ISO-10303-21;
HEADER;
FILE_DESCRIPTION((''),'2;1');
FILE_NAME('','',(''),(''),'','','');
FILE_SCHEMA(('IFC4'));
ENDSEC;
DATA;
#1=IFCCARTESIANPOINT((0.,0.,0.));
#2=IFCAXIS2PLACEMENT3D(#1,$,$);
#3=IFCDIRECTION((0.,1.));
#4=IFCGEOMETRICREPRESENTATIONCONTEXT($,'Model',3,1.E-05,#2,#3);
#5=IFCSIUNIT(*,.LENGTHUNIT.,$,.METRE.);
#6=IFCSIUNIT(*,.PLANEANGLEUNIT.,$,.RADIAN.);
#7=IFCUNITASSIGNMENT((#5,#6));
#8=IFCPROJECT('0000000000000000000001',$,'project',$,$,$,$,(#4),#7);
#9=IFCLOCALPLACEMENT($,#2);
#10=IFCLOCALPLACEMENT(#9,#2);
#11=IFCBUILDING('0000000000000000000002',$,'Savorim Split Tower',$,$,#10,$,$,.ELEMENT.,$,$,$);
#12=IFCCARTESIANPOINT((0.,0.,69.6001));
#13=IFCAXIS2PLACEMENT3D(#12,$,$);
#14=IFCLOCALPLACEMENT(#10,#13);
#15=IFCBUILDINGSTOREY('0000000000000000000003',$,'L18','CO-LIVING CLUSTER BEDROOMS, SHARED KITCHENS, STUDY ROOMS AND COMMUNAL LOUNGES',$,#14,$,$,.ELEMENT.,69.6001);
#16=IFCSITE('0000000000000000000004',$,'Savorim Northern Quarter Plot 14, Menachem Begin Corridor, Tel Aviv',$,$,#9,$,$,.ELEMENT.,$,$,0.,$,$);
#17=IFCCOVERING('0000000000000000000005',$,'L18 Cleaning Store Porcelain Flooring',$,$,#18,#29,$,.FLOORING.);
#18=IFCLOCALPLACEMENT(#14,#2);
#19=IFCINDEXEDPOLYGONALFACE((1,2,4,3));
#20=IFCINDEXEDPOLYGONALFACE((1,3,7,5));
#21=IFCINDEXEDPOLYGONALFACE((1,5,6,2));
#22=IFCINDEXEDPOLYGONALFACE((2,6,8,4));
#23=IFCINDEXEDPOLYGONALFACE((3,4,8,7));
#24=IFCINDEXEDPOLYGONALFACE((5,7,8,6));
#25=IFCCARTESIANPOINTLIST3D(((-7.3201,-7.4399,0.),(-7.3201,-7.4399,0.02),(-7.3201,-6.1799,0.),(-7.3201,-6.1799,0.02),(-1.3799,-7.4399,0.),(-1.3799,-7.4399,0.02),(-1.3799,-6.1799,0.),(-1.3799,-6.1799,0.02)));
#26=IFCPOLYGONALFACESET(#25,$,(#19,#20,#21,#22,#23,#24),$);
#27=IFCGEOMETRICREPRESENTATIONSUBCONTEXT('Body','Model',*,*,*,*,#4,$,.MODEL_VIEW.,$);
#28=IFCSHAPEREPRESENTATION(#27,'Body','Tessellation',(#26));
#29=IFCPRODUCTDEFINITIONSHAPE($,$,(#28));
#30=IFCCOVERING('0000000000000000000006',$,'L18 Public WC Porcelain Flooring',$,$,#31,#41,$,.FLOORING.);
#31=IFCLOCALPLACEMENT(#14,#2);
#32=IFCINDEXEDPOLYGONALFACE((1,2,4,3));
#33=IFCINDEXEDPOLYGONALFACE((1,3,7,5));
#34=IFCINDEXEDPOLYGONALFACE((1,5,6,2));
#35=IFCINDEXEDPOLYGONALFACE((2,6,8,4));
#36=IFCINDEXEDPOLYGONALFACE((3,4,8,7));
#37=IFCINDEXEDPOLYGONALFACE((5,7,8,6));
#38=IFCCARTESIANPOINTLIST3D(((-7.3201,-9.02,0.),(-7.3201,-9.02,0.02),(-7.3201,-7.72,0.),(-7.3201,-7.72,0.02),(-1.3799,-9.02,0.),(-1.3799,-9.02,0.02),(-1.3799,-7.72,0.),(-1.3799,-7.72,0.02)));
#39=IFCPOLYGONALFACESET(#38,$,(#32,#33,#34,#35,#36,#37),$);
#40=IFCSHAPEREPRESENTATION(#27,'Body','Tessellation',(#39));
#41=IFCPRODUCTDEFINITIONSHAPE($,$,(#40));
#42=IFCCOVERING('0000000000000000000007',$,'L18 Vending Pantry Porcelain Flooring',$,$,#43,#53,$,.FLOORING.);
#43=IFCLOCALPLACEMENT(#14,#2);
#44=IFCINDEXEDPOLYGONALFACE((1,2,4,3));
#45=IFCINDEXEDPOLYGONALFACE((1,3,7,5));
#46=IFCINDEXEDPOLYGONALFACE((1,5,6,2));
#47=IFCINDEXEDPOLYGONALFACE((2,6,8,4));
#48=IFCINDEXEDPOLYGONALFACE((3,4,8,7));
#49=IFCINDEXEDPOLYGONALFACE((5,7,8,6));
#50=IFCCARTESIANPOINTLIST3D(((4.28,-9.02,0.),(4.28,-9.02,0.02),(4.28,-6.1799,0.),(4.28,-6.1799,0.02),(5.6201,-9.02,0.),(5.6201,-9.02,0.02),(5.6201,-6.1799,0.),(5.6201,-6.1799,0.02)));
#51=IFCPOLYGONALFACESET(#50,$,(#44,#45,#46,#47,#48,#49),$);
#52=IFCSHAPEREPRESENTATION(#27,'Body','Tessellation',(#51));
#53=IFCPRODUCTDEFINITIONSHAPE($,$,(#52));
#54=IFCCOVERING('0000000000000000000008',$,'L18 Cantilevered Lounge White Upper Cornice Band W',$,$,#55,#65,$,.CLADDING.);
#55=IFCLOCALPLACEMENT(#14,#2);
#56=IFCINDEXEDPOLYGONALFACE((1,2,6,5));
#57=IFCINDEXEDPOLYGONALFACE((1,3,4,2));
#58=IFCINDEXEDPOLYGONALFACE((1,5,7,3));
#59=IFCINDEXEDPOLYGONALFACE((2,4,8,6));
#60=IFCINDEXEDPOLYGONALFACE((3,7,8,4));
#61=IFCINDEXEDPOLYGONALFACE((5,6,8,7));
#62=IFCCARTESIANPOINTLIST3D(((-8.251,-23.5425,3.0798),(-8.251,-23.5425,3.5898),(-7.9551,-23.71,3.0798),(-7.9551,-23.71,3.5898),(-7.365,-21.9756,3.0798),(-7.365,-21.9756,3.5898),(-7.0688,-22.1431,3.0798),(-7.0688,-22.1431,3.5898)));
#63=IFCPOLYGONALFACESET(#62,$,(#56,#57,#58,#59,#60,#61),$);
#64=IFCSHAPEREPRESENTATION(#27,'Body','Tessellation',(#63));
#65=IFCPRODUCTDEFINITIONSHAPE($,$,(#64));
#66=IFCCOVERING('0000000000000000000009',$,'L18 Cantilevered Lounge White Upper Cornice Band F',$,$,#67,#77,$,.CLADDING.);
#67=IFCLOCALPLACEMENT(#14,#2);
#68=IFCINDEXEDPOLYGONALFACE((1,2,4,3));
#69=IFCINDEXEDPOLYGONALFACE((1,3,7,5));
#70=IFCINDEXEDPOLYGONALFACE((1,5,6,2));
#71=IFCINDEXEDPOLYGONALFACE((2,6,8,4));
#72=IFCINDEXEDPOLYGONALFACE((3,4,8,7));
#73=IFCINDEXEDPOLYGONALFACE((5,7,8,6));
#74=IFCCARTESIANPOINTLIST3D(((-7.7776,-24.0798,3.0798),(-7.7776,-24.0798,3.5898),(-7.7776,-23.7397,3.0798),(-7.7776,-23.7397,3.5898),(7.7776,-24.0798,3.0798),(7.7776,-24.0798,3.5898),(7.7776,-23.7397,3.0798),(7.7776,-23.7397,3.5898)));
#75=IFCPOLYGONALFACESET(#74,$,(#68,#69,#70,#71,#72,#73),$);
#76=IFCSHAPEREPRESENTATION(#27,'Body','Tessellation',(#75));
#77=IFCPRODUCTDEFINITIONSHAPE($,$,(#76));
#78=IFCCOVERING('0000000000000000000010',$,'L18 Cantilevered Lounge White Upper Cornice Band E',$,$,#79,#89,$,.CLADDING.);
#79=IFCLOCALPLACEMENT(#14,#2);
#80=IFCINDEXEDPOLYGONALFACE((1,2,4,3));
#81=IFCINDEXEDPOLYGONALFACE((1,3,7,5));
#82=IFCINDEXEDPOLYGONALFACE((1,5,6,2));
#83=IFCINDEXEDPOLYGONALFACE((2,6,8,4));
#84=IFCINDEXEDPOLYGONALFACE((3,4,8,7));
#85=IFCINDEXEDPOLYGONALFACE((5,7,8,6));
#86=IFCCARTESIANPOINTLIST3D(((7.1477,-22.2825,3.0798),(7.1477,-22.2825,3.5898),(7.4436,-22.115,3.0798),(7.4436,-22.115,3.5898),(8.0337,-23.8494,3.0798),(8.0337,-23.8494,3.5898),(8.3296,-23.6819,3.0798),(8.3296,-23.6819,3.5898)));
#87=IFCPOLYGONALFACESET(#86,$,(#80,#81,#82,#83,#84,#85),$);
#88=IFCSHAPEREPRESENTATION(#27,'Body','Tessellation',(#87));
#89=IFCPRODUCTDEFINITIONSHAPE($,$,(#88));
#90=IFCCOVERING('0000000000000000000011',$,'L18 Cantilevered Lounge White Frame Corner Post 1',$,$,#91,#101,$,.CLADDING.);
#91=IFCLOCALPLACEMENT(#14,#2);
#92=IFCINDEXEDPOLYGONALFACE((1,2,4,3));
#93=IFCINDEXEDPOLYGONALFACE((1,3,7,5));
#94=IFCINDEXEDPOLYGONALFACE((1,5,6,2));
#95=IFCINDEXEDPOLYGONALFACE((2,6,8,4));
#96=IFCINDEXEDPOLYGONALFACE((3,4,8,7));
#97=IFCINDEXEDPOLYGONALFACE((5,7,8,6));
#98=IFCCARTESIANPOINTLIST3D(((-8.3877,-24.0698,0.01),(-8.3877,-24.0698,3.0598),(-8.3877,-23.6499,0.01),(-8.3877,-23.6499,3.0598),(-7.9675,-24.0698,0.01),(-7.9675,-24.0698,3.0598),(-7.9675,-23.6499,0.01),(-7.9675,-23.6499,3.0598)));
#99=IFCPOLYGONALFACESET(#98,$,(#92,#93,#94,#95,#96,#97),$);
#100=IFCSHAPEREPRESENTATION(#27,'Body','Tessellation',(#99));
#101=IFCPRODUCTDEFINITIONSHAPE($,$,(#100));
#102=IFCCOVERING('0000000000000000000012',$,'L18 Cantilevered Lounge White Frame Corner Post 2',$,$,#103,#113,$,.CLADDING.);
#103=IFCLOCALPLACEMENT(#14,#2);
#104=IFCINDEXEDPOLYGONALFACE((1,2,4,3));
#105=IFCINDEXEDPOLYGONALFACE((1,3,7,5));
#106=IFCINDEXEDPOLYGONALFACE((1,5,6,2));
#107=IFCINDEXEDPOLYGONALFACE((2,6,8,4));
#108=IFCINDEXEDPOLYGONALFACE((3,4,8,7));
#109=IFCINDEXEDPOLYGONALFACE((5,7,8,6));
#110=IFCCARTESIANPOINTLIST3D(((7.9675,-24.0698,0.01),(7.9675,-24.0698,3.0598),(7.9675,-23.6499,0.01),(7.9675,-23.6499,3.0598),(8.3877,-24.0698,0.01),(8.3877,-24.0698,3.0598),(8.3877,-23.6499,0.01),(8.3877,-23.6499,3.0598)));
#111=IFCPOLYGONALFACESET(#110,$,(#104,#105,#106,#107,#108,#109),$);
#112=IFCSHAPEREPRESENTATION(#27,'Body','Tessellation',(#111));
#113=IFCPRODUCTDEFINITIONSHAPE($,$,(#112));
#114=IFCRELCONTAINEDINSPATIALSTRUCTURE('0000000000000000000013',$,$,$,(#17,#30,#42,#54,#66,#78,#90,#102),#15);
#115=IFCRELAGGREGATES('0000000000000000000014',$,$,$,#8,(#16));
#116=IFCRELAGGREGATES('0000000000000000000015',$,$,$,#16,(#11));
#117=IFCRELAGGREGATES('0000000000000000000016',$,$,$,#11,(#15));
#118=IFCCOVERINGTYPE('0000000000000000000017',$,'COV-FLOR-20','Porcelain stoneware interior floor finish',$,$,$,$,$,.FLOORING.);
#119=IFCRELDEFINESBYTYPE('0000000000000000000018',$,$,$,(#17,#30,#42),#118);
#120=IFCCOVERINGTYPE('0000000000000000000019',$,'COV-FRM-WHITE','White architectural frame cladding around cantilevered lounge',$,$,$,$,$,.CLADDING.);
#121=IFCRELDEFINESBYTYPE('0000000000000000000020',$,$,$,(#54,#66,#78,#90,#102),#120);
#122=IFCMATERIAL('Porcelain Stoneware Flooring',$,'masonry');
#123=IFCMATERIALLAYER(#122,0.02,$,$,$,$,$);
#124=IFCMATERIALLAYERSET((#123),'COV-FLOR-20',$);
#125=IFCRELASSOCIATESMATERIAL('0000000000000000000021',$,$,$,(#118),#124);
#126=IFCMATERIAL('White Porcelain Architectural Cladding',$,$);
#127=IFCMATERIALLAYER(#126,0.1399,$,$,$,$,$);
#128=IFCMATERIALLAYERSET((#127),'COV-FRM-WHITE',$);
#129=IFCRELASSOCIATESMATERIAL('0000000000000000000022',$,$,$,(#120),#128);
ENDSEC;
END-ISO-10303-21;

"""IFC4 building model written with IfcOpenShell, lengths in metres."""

from ifc_helpers import new_model, si_unit, direction, frame, origin, place, context, subcontext, project, spatial, polyline, outline, extrude, material, layer, layer_set, type_object, element, save


model = new_model("IFC4")

# Units and contexts
model_context = context("Model", 3, precision=1e-05, world=origin(), true_north=direction((0.0, 1.0)))
body_context = subcontext(model_context, "Body", "Model", "MODEL_VIEW")
ifc_project = project(units=[si_unit("LENGTHUNIT", "METRE"), si_unit("PLANEANGLEUNIT", "RADIAN")], contexts=[model_context])

# Site, building, storey
site_placement = place(None, origin())
site = spatial("IfcSite", under=ifc_project, at=site_placement, Name="Savorim Northern Quarter Plot 14, Menachem Begin Corridor, Tel Aviv", CompositionType="ELEMENT", RefElevation=0.0)
building_placement = place(site_placement, origin())
building = spatial("IfcBuilding", under=site, at=building_placement, Name="Savorim Split Tower", CompositionType="ELEMENT")
storey_placement = place(building_placement, frame((0.0, 0.0, 69.6001)))
storey = spatial("IfcBuildingStorey", under=building, at=storey_placement, Name="L18", Description="CO-LIVING CLUSTER BEDROOMS, SHARED KITCHENS, STUDY ROOMS AND COMMUNAL LOUNGES", CompositionType="ELEMENT", Elevation=69.6001)

# Coverings
ifc_material_1 = material(Name="Porcelain Stoneware Flooring", Category="masonry")
ifc_layer_1 = layer(ifc_material_1, 0.02)
ifc_layer_set_1 = layer_set([ifc_layer_1], Name="COV-FLOR-20")
covering_type_1 = type_object("IfcCoveringType", Name="COV-FLOR-20", Description="Porcelain stoneware interior floor finish", PredefinedType="FLOORING", material=ifc_layer_set_1)
covering_1_placement = place(storey_placement, origin())
element("IfcCovering", 1, at=covering_1_placement, inside=storey, type_object=covering_type_1, Name="L18 Cleaning Store Porcelain Flooring", PredefinedType="FLOORING", context=body_context, shape_type="SweptSolid", body=[
    extrude(outline(polyline([(-7.3201, -6.1799), (-7.3201, -7.4399), (-1.3799, -7.4399), (-1.3799, -6.1799), (-7.3201, -6.1799)])), origin(), (0.0, 0.0, 1.0), 0.02),
])
covering_2_placement = place(storey_placement, origin())
element("IfcCovering", 2, at=covering_2_placement, inside=storey, type_object=covering_type_1, Name="L18 Public WC Porcelain Flooring", PredefinedType="FLOORING", context=body_context, shape_type="SweptSolid", body=[
    extrude(outline(polyline([(-7.3201, -7.72), (-7.3201, -9.02), (-1.3799, -9.02), (-1.3799, -7.72), (-7.3201, -7.72)])), origin(), (0.0, 0.0, 1.0), 0.02),
])
covering_3_placement = place(storey_placement, origin())
element("IfcCovering", 3, at=covering_3_placement, inside=storey, type_object=covering_type_1, Name="L18 Vending Pantry Porcelain Flooring", PredefinedType="FLOORING", context=body_context, shape_type="SweptSolid", body=[
    extrude(outline(polyline([(4.28, -6.1799), (4.28, -9.02), (5.6201, -9.02), (5.6201, -6.1799), (4.28, -6.1799)])), origin(), (0.0, 0.0, 1.0), 0.02),
])
ifc_material_2 = material(Name="White Porcelain Architectural Cladding")
ifc_layer_2 = layer(ifc_material_2, 0.1399)
ifc_layer_set_2 = layer_set([ifc_layer_2], Name="COV-FRM-WHITE")
covering_type_2 = type_object("IfcCoveringType", Name="COV-FRM-WHITE", Description="White architectural frame cladding around cantilevered lounge", PredefinedType="CLADDING", material=ifc_layer_set_2)
covering_4_placement = place(storey_placement, frame((0.0, 0.0, 3.0798)))
element("IfcCovering", 4, at=covering_4_placement, inside=storey, type_object=covering_type_2, Name="L18 Cantilevered Lounge White Upper Cornice Band W", PredefinedType="CLADDING", context=body_context, shape_type="SweptSolid", body=[
    extrude(outline(polyline([(-7.365, -21.9756), (-8.251, -23.5425), (-7.9551, -23.71), (-7.0688, -22.1431), (-7.365, -21.9756)])), origin(), (0.0, 0.0, 1.0), 0.51),
])
covering_5_placement = place(storey_placement, frame((0.0, 0.0, 3.0798)))
element("IfcCovering", 5, at=covering_5_placement, inside=storey, type_object=covering_type_2, Name="L18 Cantilevered Lounge White Upper Cornice Band F", PredefinedType="CLADDING", context=body_context, shape_type="SweptSolid", body=[
    extrude(outline(polyline([(-7.7776, -24.0798), (7.7776, -24.0798), (7.7776, -23.7397), (-7.7776, -23.7397), (-7.7776, -24.0798)])), origin(), (0.0, 0.0, 1.0), 0.51),
])
covering_6_placement = place(storey_placement, frame((0.0, 0.0, 3.0798)))
element("IfcCovering", 6, at=covering_6_placement, inside=storey, type_object=covering_type_2, Name="L18 Cantilevered Lounge White Upper Cornice Band E", PredefinedType="CLADDING", context=body_context, shape_type="SweptSolid", body=[
    extrude(outline(polyline([(8.3296, -23.6819), (7.4436, -22.115), (7.1477, -22.2825), (8.0337, -23.8494), (8.3296, -23.6819)])), origin(), (0.0, 0.0, 1.0), 0.51),
])
covering_7_placement = place(storey_placement, frame((0.0, 0.0, 0.01)))
element("IfcCovering", 7, at=covering_7_placement, inside=storey, type_object=covering_type_2, Name="L18 Cantilevered Lounge White Frame Corner Post 1", PredefinedType="CLADDING", context=body_context, shape_type="SweptSolid", body=[
    extrude(outline(polyline([(-8.3877, -24.0698), (-7.9675, -24.0698), (-7.9675, -23.6499), (-8.3877, -23.6499), (-8.3877, -24.0698)])), origin(), (0.0, 0.0, 1.0), 3.0498),
])
covering_8_placement = place(storey_placement, frame((0.0, 0.0, 0.01)))
element("IfcCovering", 8, at=covering_8_placement, inside=storey, type_object=covering_type_2, Name="L18 Cantilevered Lounge White Frame Corner Post 2", PredefinedType="CLADDING", context=body_context, shape_type="SweptSolid", body=[
    extrude(outline(polyline([(7.9675, -24.0698), (8.3877, -24.0698), (8.3877, -23.6499), (7.9675, -23.6499), (7.9675, -24.0698)])), origin(), (0.0, 0.0, 1.0), 3.0498),
])

save(model, "model.ifc")
